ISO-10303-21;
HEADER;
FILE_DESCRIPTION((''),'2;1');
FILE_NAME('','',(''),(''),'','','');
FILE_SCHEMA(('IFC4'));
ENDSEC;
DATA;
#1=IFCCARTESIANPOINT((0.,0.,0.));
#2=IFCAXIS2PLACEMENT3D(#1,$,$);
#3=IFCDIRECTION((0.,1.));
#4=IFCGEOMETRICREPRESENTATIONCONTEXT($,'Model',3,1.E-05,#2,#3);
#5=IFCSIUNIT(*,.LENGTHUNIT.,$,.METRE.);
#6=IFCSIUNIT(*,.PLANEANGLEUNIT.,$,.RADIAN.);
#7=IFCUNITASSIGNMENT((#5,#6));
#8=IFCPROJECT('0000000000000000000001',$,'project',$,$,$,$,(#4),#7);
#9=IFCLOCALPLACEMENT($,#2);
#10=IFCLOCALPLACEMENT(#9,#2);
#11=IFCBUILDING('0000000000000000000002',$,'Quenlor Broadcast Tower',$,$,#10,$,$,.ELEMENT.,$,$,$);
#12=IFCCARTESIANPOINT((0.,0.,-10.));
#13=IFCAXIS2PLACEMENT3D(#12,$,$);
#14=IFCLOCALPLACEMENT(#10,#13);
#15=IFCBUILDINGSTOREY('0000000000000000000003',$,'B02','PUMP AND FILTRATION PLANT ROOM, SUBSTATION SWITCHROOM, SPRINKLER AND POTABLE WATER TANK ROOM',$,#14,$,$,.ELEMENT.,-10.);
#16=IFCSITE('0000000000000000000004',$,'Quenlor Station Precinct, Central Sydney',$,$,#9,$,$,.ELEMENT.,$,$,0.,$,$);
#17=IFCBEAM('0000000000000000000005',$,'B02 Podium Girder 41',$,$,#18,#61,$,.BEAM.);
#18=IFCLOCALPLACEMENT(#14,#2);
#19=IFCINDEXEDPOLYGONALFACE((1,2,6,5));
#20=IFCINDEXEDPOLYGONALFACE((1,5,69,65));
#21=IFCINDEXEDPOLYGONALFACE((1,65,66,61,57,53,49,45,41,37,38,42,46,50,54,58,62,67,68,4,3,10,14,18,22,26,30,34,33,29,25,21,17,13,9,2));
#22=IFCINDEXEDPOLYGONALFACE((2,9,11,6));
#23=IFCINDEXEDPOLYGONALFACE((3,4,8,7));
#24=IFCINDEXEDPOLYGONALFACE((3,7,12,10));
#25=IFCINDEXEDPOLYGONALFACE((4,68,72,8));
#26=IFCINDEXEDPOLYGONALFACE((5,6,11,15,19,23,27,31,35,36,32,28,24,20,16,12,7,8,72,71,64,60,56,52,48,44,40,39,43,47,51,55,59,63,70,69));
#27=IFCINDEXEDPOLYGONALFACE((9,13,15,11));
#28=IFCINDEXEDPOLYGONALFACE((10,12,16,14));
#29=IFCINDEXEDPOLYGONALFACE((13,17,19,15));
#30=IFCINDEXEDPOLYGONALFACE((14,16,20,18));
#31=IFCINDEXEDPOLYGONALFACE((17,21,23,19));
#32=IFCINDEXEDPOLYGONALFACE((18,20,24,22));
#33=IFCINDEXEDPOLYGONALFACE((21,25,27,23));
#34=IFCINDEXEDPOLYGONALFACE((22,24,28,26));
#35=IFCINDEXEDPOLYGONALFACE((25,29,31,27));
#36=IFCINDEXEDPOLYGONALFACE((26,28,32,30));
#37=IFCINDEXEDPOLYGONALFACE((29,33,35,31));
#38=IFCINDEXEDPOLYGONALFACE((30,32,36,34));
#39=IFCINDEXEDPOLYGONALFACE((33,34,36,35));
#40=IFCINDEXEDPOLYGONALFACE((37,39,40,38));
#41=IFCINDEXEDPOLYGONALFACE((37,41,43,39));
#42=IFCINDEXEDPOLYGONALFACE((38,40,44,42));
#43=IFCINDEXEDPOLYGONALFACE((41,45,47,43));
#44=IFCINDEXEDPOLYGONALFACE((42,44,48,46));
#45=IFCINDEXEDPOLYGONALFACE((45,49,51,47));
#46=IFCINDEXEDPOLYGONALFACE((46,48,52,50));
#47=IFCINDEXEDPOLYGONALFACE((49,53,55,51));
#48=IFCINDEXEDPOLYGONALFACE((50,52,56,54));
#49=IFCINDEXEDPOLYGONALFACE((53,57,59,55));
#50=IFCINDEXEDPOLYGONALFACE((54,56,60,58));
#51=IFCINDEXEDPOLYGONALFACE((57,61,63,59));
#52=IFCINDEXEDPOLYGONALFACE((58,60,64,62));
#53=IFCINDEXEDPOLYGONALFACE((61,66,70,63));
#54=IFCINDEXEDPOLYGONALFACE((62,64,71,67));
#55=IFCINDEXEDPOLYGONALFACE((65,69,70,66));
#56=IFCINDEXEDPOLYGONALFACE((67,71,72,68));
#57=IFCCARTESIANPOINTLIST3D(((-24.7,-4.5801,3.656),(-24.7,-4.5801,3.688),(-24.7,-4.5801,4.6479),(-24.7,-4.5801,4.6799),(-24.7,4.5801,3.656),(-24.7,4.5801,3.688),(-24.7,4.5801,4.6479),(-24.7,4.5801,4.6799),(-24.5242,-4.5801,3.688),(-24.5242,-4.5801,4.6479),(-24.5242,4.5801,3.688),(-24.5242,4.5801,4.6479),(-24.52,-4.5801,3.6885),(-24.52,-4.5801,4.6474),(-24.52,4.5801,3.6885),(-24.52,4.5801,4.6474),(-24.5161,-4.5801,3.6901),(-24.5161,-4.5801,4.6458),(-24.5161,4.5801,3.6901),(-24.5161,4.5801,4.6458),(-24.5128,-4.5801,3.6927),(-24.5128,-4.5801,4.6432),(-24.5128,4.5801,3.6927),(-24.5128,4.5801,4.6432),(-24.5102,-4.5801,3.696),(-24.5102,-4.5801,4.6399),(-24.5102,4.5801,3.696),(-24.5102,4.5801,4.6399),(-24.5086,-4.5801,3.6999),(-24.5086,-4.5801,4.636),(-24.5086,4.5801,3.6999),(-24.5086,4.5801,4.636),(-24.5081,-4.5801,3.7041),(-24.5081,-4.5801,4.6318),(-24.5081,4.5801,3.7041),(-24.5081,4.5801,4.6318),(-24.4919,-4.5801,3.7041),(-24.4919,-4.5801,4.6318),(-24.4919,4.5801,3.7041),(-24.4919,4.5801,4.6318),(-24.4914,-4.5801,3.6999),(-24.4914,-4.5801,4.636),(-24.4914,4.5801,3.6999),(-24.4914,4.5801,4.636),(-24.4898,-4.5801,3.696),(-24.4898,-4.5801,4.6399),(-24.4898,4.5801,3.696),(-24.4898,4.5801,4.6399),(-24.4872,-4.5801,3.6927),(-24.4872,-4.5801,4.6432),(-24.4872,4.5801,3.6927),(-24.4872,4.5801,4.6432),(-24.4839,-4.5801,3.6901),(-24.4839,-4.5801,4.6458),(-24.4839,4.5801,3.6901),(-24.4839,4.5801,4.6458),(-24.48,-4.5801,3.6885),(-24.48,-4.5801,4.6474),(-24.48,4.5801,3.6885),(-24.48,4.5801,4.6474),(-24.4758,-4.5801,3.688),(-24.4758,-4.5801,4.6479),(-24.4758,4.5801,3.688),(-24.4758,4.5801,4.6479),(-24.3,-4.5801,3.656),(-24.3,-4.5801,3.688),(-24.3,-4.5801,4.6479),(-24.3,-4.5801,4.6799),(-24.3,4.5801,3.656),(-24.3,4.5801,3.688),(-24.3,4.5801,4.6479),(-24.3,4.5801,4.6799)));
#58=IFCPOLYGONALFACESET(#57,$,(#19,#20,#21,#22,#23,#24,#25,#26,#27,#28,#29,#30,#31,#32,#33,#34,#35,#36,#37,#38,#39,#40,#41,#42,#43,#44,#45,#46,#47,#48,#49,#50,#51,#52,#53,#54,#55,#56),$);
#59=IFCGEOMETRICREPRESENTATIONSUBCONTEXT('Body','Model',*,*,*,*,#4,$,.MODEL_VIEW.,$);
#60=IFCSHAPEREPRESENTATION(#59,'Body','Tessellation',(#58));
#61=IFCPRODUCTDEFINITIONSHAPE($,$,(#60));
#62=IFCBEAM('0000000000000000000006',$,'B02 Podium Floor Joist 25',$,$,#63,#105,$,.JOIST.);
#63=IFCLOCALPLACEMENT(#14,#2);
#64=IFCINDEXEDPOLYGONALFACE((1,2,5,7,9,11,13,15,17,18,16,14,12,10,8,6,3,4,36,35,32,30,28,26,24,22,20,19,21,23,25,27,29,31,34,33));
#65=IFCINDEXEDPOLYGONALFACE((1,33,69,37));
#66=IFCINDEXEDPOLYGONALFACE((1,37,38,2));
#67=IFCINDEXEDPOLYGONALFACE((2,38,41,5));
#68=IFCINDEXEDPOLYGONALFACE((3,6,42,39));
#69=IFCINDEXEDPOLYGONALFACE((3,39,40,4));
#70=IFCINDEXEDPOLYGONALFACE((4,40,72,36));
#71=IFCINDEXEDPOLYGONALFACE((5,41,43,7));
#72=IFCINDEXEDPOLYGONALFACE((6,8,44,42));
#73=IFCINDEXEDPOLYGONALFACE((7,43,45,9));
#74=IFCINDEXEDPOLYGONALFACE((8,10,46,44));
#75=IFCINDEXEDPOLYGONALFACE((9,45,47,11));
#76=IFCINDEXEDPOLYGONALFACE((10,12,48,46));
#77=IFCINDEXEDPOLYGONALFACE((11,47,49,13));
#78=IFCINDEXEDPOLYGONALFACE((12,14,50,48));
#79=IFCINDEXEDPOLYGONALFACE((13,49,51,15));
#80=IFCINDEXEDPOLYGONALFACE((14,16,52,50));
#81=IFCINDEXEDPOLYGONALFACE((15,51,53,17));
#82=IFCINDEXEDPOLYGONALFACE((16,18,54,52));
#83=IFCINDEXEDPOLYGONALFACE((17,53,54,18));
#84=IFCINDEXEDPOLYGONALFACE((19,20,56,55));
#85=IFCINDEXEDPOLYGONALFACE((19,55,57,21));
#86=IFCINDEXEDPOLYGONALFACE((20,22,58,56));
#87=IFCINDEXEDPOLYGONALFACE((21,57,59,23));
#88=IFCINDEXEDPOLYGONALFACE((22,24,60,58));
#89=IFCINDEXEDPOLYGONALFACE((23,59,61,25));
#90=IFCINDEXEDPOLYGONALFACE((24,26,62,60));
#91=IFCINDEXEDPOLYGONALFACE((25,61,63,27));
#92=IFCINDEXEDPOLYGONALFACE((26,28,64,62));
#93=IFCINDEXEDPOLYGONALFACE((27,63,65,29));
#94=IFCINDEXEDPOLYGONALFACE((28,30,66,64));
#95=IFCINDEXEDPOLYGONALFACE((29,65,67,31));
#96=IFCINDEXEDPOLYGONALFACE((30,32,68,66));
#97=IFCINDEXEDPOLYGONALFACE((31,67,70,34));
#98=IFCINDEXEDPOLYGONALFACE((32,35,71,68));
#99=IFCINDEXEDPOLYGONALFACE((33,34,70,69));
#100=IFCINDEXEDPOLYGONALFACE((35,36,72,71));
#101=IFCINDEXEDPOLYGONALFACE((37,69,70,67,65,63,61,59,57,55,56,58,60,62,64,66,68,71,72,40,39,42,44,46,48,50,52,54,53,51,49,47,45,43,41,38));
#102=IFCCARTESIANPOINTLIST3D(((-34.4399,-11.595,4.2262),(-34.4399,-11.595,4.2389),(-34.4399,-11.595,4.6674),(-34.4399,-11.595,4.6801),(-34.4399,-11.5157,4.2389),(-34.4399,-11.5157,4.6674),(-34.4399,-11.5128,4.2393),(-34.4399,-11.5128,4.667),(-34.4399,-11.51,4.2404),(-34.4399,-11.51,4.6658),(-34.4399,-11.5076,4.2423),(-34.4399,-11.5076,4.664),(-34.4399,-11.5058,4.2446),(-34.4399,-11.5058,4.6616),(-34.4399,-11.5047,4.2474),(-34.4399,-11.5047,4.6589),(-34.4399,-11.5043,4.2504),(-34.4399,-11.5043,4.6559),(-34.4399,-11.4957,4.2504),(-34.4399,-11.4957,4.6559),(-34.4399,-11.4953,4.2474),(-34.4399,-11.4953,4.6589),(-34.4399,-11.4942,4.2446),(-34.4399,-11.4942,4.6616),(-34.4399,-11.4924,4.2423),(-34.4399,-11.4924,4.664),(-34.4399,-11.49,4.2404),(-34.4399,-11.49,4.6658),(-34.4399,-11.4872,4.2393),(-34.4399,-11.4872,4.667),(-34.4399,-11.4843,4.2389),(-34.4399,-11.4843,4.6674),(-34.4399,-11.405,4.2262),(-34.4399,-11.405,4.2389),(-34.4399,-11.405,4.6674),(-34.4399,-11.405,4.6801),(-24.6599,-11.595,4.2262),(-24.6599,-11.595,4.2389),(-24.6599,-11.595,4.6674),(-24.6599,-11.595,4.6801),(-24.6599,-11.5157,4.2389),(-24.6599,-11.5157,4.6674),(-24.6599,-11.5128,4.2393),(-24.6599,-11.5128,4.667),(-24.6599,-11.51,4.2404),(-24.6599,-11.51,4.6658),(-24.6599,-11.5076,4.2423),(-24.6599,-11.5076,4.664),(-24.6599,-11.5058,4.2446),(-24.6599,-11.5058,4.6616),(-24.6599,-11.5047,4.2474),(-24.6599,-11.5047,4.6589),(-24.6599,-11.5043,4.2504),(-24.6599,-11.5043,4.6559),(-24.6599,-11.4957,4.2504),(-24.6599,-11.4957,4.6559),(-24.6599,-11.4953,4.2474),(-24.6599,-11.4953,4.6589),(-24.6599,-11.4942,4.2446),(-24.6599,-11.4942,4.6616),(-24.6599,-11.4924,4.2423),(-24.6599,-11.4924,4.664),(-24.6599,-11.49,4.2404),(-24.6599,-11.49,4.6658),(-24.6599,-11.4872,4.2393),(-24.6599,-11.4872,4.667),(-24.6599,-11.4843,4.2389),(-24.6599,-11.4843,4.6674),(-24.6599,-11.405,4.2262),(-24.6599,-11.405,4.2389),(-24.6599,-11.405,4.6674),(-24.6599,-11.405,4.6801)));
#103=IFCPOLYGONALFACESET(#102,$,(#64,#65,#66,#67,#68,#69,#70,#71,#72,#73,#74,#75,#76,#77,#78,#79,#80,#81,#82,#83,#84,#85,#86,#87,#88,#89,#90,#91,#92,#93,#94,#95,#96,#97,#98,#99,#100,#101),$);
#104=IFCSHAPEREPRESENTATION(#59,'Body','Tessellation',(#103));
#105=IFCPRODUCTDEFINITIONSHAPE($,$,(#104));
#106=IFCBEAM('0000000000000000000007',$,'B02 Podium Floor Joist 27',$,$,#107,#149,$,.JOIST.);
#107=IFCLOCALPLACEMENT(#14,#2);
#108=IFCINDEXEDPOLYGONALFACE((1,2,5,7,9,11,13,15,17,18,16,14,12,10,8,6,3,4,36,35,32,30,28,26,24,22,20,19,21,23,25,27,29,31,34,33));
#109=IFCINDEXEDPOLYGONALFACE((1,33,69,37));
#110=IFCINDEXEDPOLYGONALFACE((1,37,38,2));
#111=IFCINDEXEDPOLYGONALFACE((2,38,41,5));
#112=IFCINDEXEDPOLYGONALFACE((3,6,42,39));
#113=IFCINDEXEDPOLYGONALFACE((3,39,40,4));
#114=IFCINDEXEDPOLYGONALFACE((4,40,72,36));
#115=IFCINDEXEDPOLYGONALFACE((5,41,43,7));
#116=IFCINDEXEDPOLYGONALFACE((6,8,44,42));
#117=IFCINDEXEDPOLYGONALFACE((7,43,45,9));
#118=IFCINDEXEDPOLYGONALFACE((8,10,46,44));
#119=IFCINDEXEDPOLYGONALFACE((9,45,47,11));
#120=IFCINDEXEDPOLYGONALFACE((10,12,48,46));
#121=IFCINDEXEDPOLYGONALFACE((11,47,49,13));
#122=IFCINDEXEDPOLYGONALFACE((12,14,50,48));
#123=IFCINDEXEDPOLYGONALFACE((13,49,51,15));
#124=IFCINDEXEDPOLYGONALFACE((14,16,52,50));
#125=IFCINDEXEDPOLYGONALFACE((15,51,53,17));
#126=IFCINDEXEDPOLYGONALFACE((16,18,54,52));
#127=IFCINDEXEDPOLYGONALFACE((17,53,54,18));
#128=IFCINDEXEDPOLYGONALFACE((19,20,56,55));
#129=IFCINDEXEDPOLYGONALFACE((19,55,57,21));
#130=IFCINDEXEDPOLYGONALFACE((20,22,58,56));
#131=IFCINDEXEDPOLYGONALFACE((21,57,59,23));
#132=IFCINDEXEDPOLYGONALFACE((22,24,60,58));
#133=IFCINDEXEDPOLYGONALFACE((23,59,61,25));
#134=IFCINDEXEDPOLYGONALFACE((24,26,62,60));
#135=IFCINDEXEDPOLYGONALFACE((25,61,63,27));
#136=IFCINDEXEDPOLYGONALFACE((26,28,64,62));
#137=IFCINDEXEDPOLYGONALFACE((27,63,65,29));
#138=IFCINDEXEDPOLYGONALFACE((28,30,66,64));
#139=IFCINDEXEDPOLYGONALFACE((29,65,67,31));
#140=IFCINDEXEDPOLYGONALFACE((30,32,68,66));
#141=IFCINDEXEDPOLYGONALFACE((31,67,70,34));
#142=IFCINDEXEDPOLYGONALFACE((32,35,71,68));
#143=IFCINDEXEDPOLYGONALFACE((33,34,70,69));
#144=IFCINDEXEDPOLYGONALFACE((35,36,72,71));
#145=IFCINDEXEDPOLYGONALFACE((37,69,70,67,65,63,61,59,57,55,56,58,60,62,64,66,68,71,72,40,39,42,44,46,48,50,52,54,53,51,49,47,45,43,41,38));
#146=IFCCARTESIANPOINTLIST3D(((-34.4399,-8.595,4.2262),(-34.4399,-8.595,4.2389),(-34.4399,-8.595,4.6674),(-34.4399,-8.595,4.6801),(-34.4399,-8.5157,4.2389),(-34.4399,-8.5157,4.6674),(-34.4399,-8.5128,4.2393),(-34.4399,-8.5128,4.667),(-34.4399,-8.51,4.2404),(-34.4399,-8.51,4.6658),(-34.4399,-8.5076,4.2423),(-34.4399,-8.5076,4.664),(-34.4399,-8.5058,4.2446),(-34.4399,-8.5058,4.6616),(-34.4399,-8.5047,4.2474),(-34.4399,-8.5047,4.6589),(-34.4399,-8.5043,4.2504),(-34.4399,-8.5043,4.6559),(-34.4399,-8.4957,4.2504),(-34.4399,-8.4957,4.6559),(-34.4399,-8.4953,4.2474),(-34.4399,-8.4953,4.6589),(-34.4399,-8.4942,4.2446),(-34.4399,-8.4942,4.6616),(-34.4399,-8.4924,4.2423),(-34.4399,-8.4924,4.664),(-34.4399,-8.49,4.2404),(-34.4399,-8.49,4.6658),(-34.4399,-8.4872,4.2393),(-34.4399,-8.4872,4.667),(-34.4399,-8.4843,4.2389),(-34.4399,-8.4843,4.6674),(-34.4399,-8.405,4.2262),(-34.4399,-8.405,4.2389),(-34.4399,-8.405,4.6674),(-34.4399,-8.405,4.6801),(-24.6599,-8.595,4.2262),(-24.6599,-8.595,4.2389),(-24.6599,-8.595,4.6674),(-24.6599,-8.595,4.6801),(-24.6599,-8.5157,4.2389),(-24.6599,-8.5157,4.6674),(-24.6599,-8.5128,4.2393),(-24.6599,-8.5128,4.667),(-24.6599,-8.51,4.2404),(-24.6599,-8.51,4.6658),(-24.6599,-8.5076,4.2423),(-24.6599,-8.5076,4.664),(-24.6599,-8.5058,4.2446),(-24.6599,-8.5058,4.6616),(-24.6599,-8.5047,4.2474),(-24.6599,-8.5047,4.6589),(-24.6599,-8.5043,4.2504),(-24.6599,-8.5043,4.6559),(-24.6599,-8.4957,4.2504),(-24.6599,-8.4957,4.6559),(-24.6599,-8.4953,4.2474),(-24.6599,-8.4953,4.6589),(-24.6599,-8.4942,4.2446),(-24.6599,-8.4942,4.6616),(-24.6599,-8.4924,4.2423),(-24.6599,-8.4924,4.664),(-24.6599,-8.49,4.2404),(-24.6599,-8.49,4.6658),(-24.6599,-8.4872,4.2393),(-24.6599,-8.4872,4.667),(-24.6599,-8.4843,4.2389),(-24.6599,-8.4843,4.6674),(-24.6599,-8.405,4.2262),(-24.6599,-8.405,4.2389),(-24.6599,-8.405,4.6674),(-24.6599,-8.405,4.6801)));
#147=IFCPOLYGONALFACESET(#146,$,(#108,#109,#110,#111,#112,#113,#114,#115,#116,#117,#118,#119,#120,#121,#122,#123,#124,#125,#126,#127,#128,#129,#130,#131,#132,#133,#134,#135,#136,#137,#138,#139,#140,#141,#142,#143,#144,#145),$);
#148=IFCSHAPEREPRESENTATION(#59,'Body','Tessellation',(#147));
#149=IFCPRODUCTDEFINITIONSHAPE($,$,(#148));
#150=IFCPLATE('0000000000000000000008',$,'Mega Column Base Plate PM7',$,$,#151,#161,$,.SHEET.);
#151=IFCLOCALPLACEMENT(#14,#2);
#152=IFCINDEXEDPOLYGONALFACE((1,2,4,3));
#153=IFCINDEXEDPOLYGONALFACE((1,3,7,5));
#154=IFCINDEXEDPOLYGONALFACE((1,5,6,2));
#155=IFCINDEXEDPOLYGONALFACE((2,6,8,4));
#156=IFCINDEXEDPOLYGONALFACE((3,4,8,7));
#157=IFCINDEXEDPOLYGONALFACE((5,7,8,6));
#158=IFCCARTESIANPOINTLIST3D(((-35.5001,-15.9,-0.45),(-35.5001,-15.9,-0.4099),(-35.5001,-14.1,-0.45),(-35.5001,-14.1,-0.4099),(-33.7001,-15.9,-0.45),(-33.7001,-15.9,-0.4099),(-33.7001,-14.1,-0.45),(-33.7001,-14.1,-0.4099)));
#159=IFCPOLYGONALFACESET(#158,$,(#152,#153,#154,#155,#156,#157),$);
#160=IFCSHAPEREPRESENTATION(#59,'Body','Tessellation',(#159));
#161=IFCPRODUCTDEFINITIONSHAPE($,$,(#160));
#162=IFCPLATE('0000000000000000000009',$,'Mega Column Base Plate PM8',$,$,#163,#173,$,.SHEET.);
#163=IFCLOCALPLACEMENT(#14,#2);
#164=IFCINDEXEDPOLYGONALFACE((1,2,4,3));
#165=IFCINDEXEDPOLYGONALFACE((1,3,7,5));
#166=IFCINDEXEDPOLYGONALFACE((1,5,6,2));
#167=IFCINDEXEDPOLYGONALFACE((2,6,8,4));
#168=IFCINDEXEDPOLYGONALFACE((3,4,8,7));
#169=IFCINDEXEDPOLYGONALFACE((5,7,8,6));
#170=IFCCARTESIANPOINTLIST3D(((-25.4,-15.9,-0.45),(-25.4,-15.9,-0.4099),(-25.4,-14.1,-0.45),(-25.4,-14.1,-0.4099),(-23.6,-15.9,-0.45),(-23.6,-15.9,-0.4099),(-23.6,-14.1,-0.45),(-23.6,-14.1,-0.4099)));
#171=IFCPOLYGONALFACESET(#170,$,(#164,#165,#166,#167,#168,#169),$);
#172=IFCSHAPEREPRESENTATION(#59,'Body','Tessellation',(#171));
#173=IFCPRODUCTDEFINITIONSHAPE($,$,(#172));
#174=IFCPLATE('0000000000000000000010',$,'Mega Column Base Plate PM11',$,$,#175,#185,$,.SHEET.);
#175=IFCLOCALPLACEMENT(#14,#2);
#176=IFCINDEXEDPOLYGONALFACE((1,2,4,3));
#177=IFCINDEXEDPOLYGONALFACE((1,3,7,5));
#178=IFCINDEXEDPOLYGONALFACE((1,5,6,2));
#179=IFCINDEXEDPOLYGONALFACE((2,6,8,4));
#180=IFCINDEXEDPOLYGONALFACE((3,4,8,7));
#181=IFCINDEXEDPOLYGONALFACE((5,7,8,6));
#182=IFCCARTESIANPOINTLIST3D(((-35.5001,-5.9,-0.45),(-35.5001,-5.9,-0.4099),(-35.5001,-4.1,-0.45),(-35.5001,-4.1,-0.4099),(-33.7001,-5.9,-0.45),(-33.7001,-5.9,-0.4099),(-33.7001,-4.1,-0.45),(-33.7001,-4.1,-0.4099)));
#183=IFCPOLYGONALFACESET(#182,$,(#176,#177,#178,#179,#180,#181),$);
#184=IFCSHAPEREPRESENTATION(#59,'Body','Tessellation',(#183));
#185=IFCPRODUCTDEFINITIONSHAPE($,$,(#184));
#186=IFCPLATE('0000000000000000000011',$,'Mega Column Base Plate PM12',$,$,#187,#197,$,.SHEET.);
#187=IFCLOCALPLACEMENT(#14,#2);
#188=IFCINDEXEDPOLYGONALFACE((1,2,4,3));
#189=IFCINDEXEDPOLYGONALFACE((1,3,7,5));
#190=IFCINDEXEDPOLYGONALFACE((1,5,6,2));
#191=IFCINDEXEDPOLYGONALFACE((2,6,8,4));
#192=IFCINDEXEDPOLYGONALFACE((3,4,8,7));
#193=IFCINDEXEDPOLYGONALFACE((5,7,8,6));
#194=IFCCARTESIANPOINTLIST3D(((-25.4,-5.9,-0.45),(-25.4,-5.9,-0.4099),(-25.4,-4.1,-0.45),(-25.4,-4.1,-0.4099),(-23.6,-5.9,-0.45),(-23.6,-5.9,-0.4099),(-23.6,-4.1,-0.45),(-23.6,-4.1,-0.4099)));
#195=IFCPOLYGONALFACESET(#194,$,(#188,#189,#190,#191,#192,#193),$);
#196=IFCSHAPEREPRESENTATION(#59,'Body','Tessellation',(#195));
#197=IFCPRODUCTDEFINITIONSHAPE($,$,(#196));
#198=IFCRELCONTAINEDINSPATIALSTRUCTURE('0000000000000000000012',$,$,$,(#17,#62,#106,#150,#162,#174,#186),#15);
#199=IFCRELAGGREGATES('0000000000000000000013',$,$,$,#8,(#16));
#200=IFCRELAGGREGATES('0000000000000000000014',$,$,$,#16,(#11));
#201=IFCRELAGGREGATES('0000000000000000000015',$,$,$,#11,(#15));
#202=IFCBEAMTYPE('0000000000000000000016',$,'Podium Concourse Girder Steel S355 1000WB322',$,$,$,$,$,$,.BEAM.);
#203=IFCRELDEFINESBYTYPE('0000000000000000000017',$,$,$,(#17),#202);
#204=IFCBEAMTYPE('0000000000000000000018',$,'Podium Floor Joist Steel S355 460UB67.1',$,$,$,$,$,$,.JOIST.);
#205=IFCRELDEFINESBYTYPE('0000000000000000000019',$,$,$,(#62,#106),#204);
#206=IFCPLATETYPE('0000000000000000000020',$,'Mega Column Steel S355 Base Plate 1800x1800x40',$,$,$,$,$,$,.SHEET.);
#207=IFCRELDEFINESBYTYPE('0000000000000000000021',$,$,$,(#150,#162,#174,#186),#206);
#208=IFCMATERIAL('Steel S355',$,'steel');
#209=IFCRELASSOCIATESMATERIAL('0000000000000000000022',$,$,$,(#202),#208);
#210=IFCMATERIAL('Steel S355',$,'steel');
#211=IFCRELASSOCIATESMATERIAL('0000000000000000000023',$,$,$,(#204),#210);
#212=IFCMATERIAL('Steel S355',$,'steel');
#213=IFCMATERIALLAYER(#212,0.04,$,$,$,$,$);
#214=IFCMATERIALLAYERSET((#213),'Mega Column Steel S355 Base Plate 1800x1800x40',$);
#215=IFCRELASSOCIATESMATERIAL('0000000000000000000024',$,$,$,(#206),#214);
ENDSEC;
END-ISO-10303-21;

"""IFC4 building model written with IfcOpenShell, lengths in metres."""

from ifc_helpers import new_model, si_unit, direction, frame, origin, origin_2d, place, context, subcontext, project, spatial, rectangle, i_section, extrude, material, layer, layer_set, material_profile, profile_set, type_object, element, save


model = new_model("IFC4")

# Units and contexts
model_context = context("Model", 3, precision=1e-05, world=origin(), true_north=direction((0.0, 1.0)))
body_context = subcontext(model_context, "Body", "Model", "MODEL_VIEW")
ifc_project = project(units=[si_unit("LENGTHUNIT", "METRE"), si_unit("PLANEANGLEUNIT", "RADIAN")], contexts=[model_context])

# Site, building, storey
site_placement = place(None, origin())
site = spatial("IfcSite", under=ifc_project, at=site_placement, Name="Quenlor Station Precinct, Central Sydney", CompositionType="ELEMENT", RefElevation=0.0)
building_placement = place(site_placement, origin())
building = spatial("IfcBuilding", under=site, at=building_placement, Name="Quenlor Broadcast Tower", CompositionType="ELEMENT")
storey_placement = place(building_placement, frame((0.0, 0.0, -10.0)))
storey = spatial("IfcBuildingStorey", under=building, at=storey_placement, Name="B02", Description="PUMP AND FILTRATION PLANT ROOM, SUBSTATION SWITCHROOM, SPRINKLER AND POTABLE WATER TANK ROOM", CompositionType="ELEMENT", Elevation=-10.0)

# Beams
ifc_material_1 = material(Name="Steel S355", Category="steel")
ifc_material_profile_1 = material_profile(ifc_material_1, i_section(OverallWidth=0.3999, OverallDepth=1.0239, WebThickness=0.0161, FlangeThickness=0.032, FilletRadius=0.0161, at=origin_2d()))
ifc_profile_set_1 = profile_set([ifc_material_profile_1], Name="Steel S355 1000WB322")
beam_type_1 = type_object("IfcBeamType", Name="Podium Concourse Girder Steel S355 1000WB322", PredefinedType="BEAM", material=ifc_profile_set_1)
for number, where, z_axis, x_axis, name in (
    (1, (-24.5, -4.5801, 4.168), (0.0, 1.0, 0.0), (-1.0, 0.0, 0.0), "B02 Podium Girder 41"),
):
    element("IfcBeam", number, at=place(storey_placement, frame(where, z_axis=z_axis, x_axis=x_axis)), inside=storey, type_object=beam_type_1, Name=name, PredefinedType="BEAM", context=body_context, shape_type="SweptSolid", body=[
        extrude(i_section(OverallWidth=0.3999, OverallDepth=1.0239, WebThickness=0.0161, FlangeThickness=0.032, FilletRadius=0.0161, at=origin_2d()), origin(), (0.0, 0.0, 1.0), 9.1602),
    ])
ifc_material_2 = material(Name="Steel S355", Category="steel")
ifc_material_profile_2 = material_profile(ifc_material_2, i_section(OverallWidth=0.1899, OverallDepth=0.4539, WebThickness=0.0085, FlangeThickness=0.0127, FilletRadius=0.0115, at=origin_2d()))
ifc_profile_set_2 = profile_set([ifc_material_profile_2], Name="Steel S355 460UB67.1")
beam_type_2 = type_object("IfcBeamType", Name="Podium Floor Joist Steel S355 460UB67.1", PredefinedType="JOIST", material=ifc_profile_set_2)
for number, where, z_axis, x_axis, name in (
    (2, (-34.4399, -11.5, 4.4531), (1.0, 0.0, 0.0), (0.0, 1.0, 0.0), "B02 Podium Floor Joist 25"),
    (3, (-34.4399, -8.5, 4.4531), (1.0, 0.0, 0.0), (0.0, 1.0, 0.0), "B02 Podium Floor Joist 27"),
):
    element("IfcBeam", number, at=place(storey_placement, frame(where, z_axis=z_axis, x_axis=x_axis)), inside=storey, type_object=beam_type_2, Name=name, PredefinedType="JOIST", context=body_context, shape_type="SweptSolid", body=[
        extrude(i_section(OverallWidth=0.1899, OverallDepth=0.4539, WebThickness=0.0085, FlangeThickness=0.0127, FilletRadius=0.0115, at=origin_2d()), origin(), (0.0, 0.0, 1.0), 9.78),
    ])

# Plates
ifc_material_3 = material(Name="Steel S355", Category="steel")
ifc_layer_1 = layer(ifc_material_3, 0.04)
ifc_layer_set_1 = layer_set([ifc_layer_1], Name="Mega Column Steel S355 Base Plate 1800x1800x40")
plate_type = type_object("IfcPlateType", Name="Mega Column Steel S355 Base Plate 1800x1800x40", PredefinedType="SHEET", material=ifc_layer_set_1)
for number, where, z_axis, x_axis, name in (
    (4, (-34.6001, -15.0, -0.45), (0.0, 0.0, 1.0), (1.0, 0.0, 0.0), "Mega Column Base Plate PM7"),
    (5, (-24.5, -15.0, -0.45), (0.0, 0.0, 1.0), (1.0, 0.0, 0.0), "Mega Column Base Plate PM8"),
    (6, (-34.6001, -5.0, -0.45), (0.0, 0.0, 1.0), (1.0, 0.0, 0.0), "Mega Column Base Plate PM11"),
    (7, (-24.5, -5.0, -0.45), (0.0, 0.0, 1.0), (1.0, 0.0, 0.0), "Mega Column Base Plate PM12"),
):
    element("IfcPlate", number, at=place(storey_placement, frame(where, z_axis=z_axis, x_axis=x_axis)), inside=storey, type_object=plate_type, Name=name, PredefinedType="SHEET", context=body_context, shape_type="SweptSolid", body=[
        extrude(rectangle(XDim=1.8, YDim=1.8, at=origin_2d()), origin(), (0.0, 0.0, 1.0), 0.04),
    ])

save(model, "model.ifc")
